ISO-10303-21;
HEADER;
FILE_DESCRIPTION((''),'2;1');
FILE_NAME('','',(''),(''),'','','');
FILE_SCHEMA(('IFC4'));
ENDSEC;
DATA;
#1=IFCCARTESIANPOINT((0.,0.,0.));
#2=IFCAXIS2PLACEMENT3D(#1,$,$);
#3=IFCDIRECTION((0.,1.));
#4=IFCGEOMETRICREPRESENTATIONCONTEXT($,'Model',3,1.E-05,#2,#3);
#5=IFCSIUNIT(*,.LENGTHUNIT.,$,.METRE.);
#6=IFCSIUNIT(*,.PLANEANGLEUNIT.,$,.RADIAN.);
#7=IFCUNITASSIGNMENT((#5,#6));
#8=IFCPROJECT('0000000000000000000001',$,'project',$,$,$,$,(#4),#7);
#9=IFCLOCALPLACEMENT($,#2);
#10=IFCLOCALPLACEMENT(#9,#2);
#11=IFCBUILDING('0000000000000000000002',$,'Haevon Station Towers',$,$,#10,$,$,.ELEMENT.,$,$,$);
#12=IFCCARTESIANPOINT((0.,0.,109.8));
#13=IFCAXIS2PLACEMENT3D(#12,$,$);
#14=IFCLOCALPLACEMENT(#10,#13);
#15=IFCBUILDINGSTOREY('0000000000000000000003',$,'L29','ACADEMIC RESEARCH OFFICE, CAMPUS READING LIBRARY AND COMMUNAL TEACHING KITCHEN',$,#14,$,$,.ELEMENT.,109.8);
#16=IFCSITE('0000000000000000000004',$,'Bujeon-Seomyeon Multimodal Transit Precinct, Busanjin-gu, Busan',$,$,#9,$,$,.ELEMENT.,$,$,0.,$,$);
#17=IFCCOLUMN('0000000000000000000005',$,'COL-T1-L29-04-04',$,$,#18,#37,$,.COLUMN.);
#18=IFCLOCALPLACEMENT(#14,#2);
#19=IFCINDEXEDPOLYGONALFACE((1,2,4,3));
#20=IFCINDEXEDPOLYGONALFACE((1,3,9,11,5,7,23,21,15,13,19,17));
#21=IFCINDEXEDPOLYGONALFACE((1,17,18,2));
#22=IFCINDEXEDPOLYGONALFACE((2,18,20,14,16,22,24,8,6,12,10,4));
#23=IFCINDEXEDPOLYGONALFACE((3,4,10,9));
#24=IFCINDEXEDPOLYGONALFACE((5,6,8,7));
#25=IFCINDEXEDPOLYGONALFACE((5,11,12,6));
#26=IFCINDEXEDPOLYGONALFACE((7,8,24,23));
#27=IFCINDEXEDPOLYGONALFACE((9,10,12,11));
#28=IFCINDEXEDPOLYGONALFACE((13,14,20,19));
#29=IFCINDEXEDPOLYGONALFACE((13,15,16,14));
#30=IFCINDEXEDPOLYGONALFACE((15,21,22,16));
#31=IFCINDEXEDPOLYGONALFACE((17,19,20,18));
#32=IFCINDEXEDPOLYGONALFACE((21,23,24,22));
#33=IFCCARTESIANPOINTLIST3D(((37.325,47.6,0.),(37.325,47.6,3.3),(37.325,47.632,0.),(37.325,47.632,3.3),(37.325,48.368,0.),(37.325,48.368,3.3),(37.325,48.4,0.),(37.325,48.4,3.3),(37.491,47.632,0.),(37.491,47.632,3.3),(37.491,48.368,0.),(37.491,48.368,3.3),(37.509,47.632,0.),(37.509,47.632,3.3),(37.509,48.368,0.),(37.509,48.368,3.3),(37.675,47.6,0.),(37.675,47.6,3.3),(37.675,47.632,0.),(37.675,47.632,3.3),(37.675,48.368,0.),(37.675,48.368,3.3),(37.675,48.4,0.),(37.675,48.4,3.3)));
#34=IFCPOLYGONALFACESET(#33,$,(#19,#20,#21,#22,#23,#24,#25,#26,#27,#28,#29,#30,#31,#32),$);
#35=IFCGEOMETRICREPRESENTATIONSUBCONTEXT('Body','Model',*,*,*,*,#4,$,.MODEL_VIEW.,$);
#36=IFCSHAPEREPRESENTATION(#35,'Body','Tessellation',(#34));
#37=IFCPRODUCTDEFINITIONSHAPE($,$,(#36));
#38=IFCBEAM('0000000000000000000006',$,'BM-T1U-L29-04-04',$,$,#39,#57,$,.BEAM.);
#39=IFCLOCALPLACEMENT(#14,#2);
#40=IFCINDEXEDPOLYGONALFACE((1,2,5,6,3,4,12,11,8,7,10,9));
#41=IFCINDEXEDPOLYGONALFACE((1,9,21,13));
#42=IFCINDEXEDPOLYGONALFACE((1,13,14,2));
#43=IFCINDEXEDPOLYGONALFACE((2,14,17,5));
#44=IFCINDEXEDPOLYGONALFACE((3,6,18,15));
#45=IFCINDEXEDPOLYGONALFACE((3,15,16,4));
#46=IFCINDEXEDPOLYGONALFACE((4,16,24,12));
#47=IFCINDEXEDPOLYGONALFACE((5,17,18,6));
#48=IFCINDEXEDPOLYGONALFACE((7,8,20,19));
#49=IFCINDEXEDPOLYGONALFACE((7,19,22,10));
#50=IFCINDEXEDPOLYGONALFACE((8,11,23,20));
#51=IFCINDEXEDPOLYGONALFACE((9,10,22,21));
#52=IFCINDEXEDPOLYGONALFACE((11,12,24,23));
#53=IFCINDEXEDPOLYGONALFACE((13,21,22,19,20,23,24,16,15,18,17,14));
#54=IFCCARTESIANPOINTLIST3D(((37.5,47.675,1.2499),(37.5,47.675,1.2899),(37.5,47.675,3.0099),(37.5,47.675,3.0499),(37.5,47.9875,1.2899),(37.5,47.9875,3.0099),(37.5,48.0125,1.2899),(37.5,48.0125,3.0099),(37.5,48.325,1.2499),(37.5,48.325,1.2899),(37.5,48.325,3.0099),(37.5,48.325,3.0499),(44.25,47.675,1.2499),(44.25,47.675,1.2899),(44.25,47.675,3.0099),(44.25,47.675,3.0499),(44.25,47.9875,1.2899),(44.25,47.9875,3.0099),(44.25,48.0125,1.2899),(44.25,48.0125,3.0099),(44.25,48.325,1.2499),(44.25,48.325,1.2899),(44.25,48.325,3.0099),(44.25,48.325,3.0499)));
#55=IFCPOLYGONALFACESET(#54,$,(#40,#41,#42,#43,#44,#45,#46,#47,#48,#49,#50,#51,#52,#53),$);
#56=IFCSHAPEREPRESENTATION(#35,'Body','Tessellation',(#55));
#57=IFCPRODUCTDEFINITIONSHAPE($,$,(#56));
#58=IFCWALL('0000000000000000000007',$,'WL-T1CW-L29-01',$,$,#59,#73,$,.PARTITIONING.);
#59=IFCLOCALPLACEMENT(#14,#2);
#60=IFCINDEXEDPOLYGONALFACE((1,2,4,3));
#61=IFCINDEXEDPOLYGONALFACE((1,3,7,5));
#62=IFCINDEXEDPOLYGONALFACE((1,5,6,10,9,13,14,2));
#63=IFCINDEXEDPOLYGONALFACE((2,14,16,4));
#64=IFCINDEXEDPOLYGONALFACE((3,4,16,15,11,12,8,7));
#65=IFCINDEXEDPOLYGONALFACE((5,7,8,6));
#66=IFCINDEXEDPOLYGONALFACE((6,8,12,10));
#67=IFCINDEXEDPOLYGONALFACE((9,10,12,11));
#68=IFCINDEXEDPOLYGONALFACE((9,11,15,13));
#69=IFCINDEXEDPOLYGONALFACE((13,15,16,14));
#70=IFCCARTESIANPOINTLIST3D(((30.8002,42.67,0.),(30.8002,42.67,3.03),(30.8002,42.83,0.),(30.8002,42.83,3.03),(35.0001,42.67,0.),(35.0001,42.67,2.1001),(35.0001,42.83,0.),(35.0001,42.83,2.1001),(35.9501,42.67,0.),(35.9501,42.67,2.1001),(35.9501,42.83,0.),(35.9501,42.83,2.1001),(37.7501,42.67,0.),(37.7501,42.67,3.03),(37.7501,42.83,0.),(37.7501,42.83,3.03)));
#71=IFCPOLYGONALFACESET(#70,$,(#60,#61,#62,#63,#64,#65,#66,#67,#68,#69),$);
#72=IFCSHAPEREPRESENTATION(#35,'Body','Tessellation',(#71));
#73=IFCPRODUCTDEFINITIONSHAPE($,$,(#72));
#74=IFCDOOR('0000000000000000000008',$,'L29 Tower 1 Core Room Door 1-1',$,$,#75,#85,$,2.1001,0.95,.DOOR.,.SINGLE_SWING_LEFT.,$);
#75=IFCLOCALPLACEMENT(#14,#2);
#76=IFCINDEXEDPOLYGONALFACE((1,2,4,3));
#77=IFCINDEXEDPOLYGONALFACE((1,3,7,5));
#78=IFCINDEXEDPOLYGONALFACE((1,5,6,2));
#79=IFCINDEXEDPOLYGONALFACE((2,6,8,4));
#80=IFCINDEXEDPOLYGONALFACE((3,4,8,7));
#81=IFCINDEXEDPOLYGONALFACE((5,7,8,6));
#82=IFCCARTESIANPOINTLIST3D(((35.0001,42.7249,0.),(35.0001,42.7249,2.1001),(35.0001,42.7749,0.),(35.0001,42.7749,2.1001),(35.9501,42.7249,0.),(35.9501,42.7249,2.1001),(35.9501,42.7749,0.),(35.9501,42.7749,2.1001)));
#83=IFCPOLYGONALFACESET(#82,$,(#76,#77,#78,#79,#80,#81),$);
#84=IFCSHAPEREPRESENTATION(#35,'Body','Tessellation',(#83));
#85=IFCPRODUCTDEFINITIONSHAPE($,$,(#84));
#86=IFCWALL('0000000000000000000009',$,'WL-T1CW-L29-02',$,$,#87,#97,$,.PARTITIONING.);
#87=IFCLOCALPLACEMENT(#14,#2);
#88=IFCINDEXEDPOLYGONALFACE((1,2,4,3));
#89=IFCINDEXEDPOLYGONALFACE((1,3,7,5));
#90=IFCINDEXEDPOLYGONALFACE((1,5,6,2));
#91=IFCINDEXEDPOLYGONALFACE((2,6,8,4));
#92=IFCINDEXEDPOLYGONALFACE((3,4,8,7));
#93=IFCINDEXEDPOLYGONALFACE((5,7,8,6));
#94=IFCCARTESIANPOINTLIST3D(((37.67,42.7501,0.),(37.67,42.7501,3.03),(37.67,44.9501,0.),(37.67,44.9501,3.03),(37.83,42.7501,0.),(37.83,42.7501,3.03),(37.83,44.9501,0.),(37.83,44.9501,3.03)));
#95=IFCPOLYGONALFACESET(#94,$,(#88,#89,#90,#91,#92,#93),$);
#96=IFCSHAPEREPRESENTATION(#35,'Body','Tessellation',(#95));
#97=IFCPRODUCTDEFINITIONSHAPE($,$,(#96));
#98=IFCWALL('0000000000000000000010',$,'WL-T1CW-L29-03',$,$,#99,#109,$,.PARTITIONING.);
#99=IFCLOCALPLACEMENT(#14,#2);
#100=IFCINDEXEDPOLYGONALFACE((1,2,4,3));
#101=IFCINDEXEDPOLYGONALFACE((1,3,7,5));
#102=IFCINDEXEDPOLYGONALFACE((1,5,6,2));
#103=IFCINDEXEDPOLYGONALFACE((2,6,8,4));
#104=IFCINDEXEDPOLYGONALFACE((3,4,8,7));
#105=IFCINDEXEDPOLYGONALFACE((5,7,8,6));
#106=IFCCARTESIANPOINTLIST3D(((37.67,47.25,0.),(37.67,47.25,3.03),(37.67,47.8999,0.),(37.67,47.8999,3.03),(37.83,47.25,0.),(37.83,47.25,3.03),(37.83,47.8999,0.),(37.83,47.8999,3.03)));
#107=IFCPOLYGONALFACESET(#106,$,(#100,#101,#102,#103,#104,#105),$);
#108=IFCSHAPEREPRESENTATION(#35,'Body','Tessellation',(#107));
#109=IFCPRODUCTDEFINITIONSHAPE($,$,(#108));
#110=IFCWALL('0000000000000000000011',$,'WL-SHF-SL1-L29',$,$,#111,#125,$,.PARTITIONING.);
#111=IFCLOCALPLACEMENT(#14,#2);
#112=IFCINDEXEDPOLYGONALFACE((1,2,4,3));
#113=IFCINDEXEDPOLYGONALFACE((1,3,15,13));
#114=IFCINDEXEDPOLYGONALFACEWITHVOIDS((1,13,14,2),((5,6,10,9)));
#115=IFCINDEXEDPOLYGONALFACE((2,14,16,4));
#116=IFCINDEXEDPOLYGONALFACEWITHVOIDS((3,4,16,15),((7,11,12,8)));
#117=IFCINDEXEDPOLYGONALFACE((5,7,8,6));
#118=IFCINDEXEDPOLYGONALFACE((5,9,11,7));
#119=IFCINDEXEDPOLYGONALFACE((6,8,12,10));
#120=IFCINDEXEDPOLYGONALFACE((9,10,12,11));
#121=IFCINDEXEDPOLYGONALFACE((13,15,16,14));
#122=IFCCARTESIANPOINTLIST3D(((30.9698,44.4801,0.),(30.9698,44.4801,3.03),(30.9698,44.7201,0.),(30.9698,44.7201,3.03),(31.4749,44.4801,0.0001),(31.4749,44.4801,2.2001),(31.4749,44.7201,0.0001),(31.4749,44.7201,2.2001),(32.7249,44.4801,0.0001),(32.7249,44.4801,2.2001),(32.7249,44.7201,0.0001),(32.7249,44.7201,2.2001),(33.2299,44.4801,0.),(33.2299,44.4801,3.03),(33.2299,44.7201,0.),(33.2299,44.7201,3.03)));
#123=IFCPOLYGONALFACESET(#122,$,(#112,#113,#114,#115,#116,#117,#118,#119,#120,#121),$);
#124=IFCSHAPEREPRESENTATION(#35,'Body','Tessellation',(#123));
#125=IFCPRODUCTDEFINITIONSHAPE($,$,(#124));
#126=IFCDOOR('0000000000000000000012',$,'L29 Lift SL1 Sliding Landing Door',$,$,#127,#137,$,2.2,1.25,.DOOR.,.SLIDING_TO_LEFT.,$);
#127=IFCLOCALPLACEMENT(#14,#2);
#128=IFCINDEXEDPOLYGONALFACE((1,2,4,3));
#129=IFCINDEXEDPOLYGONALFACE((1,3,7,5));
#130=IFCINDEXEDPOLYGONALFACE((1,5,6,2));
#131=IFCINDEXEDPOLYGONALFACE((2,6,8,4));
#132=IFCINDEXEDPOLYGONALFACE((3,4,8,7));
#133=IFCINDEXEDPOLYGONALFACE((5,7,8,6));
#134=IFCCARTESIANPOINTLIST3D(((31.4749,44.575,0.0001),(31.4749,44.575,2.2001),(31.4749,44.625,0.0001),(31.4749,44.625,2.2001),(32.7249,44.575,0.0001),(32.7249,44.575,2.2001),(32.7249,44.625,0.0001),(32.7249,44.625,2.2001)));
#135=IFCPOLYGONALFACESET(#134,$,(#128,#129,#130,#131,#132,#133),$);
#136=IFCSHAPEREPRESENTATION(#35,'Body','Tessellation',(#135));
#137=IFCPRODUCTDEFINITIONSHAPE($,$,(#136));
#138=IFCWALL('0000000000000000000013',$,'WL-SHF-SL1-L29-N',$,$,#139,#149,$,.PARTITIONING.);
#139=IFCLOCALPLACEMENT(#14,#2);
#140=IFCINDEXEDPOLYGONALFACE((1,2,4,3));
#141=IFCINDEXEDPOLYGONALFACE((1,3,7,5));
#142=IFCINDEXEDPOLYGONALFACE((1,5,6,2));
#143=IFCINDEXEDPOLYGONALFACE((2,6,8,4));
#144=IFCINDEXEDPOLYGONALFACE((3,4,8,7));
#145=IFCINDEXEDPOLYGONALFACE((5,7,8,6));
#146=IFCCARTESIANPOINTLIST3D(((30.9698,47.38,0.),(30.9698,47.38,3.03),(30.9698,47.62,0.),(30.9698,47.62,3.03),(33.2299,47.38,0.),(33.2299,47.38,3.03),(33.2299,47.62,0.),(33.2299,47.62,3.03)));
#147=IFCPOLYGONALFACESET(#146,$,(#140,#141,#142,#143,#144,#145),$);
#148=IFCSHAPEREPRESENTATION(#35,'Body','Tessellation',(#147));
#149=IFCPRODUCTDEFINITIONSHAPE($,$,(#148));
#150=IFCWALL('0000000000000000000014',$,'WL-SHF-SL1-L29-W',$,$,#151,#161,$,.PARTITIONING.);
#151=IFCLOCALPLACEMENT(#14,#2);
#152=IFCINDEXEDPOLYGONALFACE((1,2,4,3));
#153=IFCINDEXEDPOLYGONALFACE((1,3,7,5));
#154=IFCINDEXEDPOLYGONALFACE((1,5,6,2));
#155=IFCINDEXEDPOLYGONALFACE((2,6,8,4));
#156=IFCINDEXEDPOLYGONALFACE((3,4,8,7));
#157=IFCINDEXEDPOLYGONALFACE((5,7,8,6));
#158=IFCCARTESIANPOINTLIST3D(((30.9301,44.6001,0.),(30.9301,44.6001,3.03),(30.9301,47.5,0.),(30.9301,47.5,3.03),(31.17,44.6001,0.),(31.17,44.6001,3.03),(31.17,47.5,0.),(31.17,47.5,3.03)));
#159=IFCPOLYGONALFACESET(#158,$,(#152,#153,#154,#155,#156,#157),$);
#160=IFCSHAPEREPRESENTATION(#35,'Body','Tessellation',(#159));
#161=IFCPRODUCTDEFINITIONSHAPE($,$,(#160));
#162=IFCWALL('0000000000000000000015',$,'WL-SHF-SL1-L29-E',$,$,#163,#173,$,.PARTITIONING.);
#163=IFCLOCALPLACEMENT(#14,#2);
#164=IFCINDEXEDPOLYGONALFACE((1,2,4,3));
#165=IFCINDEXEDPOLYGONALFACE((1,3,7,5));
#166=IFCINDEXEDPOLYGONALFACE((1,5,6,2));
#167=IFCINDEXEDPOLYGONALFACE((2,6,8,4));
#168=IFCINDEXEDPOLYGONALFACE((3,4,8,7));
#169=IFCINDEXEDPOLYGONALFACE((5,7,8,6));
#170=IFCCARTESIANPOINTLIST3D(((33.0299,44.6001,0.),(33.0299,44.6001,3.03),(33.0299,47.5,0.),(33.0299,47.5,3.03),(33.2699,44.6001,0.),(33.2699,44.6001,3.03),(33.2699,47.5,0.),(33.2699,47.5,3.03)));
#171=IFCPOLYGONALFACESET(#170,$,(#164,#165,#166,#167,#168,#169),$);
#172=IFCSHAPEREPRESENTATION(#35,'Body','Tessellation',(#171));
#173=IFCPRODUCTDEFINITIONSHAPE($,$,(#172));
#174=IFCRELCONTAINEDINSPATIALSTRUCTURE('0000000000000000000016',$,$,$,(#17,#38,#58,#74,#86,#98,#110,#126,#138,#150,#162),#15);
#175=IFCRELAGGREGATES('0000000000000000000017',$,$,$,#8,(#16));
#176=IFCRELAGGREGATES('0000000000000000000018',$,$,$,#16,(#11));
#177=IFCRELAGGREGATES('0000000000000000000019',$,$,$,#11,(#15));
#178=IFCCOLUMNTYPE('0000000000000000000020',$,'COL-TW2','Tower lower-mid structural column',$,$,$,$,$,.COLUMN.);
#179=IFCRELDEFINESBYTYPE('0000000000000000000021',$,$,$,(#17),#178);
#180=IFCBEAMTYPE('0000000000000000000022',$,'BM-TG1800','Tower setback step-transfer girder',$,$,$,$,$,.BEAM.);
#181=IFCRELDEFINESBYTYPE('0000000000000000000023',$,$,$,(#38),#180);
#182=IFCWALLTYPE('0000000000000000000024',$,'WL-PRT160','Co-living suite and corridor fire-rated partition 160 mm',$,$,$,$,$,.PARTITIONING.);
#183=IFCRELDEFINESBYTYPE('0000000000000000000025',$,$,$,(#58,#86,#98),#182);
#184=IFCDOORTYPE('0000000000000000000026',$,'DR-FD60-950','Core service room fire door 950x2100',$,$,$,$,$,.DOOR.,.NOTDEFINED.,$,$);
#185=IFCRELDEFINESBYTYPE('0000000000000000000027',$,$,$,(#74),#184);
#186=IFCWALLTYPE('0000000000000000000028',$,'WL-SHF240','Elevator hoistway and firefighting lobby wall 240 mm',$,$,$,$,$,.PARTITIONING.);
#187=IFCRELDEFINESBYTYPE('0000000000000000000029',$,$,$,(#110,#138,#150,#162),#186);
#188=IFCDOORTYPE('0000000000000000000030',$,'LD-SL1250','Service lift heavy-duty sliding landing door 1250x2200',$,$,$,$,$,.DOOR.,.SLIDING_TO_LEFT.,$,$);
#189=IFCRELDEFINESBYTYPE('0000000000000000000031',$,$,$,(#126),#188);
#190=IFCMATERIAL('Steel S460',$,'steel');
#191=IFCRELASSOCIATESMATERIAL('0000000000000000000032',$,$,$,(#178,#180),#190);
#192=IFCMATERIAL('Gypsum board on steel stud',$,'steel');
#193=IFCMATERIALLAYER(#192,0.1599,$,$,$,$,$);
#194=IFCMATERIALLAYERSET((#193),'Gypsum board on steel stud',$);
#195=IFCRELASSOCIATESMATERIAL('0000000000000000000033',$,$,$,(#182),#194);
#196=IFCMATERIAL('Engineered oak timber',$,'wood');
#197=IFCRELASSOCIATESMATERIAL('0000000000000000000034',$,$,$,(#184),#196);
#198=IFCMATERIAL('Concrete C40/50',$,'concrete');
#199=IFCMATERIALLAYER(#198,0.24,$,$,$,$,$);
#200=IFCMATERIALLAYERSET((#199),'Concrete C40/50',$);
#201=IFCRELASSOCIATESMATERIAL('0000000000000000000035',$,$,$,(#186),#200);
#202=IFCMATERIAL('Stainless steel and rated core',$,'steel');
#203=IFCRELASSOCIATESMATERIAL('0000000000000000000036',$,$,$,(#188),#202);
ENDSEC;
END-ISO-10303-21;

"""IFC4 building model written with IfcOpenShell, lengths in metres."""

from ifc_helpers import new_model, si_unit, direction, frame, frame_2d, origin, origin_2d, place, context, subcontext, project, spatial, rectangle, i_section, extrude, material, layer, layer_set, material_profile, profile_set, type_object, element, fill, save


model = new_model("IFC4")

# Units and contexts
model_context = context("Model", 3, precision=1e-05, world=origin(), true_north=direction((0.0, 1.0)))
body_context = subcontext(model_context, "Body", "Model", "MODEL_VIEW")
ifc_project = project(units=[si_unit("LENGTHUNIT", "METRE"), si_unit("PLANEANGLEUNIT", "RADIAN")], contexts=[model_context])

# Site, building, storey
site_placement = place(None, origin())
site = spatial("IfcSite", under=ifc_project, at=site_placement, Name="Bujeon-Seomyeon Multimodal Transit Precinct, Busanjin-gu, Busan", CompositionType="ELEMENT", RefElevation=0.0)
building_placement = place(site_placement, origin())
building = spatial("IfcBuilding", under=site, at=building_placement, Name="Haevon Station Towers", CompositionType="ELEMENT")
storey_placement = place(building_placement, frame((0.0, 0.0, 109.8)))
storey = spatial("IfcBuildingStorey", under=building, at=storey_placement, Name="L29", Description="ACADEMIC RESEARCH OFFICE, CAMPUS READING LIBRARY AND COMMUNAL TEACHING KITCHEN", CompositionType="ELEMENT", Elevation=109.8)

# Column
ifc_material_1 = material(Name="Steel S460", Category="steel")
ifc_material_profile_1 = material_profile(ifc_material_1, i_section(OverallWidth=0.3501, OverallDepth=0.8, WebThickness=0.0181, FlangeThickness=0.032, at=origin_2d()), Name="H-800x350x18x32")
ifc_profile_set_1 = profile_set([ifc_material_profile_1], Name="Steel S460")
column_type = type_object("IfcColumnType", Name="COL-TW2", Description="Tower lower-mid structural column", PredefinedType="COLUMN", material=ifc_profile_set_1)
column_placement = place(storey_placement, frame((37.5, 48.0, 0.0), z_axis=(0.0, 0.0, 1.0), x_axis=(1.0, 0.0, 0.0)))
element("IfcColumn", 1, at=column_placement, inside=storey, type_object=column_type, Name="COL-T1-L29-04-04", PredefinedType="COLUMN", context=body_context, shape_type="SweptSolid", body=[
    extrude(i_section(OverallWidth=0.3501, OverallDepth=0.8, WebThickness=0.0181, FlangeThickness=0.032, at=origin_2d()), origin(), (0.0, 0.0, 1.0), 3.3),
])

# Beam
ifc_material_profile_2 = material_profile(ifc_material_1, i_section(OverallWidth=0.6499, OverallDepth=1.8, WebThickness=0.0249, FlangeThickness=0.04, at=origin_2d()), Name="H-1800x650x25x40")
ifc_profile_set_2 = profile_set([ifc_material_profile_2], Name="Steel S460")
beam_type = type_object("IfcBeamType", Name="BM-TG1800", Description="Tower setback step-transfer girder", PredefinedType="BEAM", material=ifc_profile_set_2)
beam_placement = place(storey_placement, frame((37.5, 48.0, 2.1499), z_axis=(1.0, 0.0, 0.0), x_axis=(0.0, 1.0, 0.0)))
element("IfcBeam", 2, at=beam_placement, inside=storey, type_object=beam_type, Name="BM-T1U-L29-04-04", PredefinedType="BEAM", context=body_context, shape_type="SweptSolid", body=[
    extrude(i_section(OverallWidth=0.6499, OverallDepth=1.8, WebThickness=0.0249, FlangeThickness=0.04, at=origin_2d()), origin(), (0.0, 0.0, 1.0), 6.75),
])

# Wall, opening, door
ifc_material_2 = material(Name="Gypsum board on steel stud", Category="steel")
ifc_layer_1 = layer(ifc_material_2, 0.1599)
ifc_layer_set_1 = layer_set([ifc_layer_1], Name="Gypsum board on steel stud")
wall_type_1 = type_object("IfcWallType", Name="WL-PRT160", Description="Co-living suite and corridor fire-rated partition 160 mm", PredefinedType="PARTITIONING", material=ifc_layer_set_1)
wall_1_placement = place(storey_placement, frame((30.8, 42.75, 0.0), z_axis=(0.0, 0.0, 1.0), x_axis=(1.0, 0.0, 0.0)))
wall_1 = element("IfcWall", 3, at=wall_1_placement, inside=storey, type_object=wall_type_1, Name="WL-T1CW-L29-01", PredefinedType="PARTITIONING", context=body_context, shape_type="SweptSolid", body=[
    extrude(rectangle(XDim=6.95, YDim=0.1599, at=frame_2d((3.4751, 0.0))), origin(), (0.0, 0.0, 1.0), 3.03),
])
opening_1_placement = place(wall_1_placement, frame((4.2, 0.0, 0.0)))
opening_1 = element("IfcOpeningElement", 4, at=opening_1_placement, cuts=wall_1, PredefinedType="OPENING", context=body_context, shape_type="SweptSolid", body=[
    extrude(rectangle(XDim=0.95, YDim=2.1001, at=frame_2d((0.4751, 1.05))), frame((0.0, 0.0898, 0.0), z_axis=(0.0, -1.0, 0.0), x_axis=(1.0, 0.0, 0.0)), (0.0, 0.0, 1.0), 0.1799),
])
ifc_material_3 = material(Name="Engineered oak timber", Category="wood")
door_type_1 = type_object("IfcDoorType", Name="DR-FD60-950", Description="Core service room fire door 950x2100", OperationType="NOTDEFINED", PredefinedType="DOOR", material=ifc_material_3)
door_1_placement = place(opening_1_placement, origin())
door_1 = element("IfcDoor", 5, at=door_1_placement, inside=storey, type_object=door_type_1, Name="L29 Tower 1 Core Room Door 1-1", OperationType="SINGLE_SWING_LEFT", OverallHeight=2.1001, OverallWidth=0.95, PredefinedType="DOOR", context=body_context, shape_type="SweptSolid", body=[
    extrude(rectangle(XDim=0.95, YDim=2.1001, at=frame_2d((0.4751, 1.05))), frame((0.0, 0.0249, 0.0), z_axis=(0.0, -1.0, 0.0), x_axis=(1.0, 0.0, 0.0)), (0.0, 0.0, 1.0), 0.05),
])
fill(opening_1, door_1)

# Walls
wall_2_placement = place(storey_placement, frame((37.75, 42.75, 0.0), z_axis=(0.0, 0.0, 1.0), x_axis=(0.0, 1.0, 0.0)))
element("IfcWall", 6, at=wall_2_placement, inside=storey, type_object=wall_type_1, Name="WL-T1CW-L29-02", PredefinedType="PARTITIONING", context=body_context, shape_type="SweptSolid", body=[
    extrude(rectangle(XDim=2.2, YDim=0.1599, at=frame_2d((1.1001, 0.0))), origin(), (0.0, 0.0, 1.0), 3.03),
])
wall_3_placement = place(storey_placement, frame((37.75, 47.25, 0.0), z_axis=(0.0, 0.0, 1.0), x_axis=(0.0, 1.0, 0.0)))
element("IfcWall", 7, at=wall_3_placement, inside=storey, type_object=wall_type_1, Name="WL-T1CW-L29-03", PredefinedType="PARTITIONING", context=body_context, shape_type="SweptSolid", body=[
    extrude(rectangle(XDim=0.6499, YDim=0.1599, at=frame_2d((0.325, 0.0))), origin(), (0.0, 0.0, 1.0), 3.03),
])

# Wall, opening, door
ifc_material_4 = material(Name="Concrete C40/50", Category="concrete")
ifc_layer_2 = layer(ifc_material_4, 0.24)
ifc_layer_set_2 = layer_set([ifc_layer_2], Name="Concrete C40/50")
wall_type_2 = type_object("IfcWallType", Name="WL-SHF240", Description="Elevator hoistway and firefighting lobby wall 240 mm", PredefinedType="PARTITIONING", material=ifc_layer_set_2)
wall_4_placement = place(storey_placement, frame((30.97, 44.6001, 0.0), z_axis=(0.0, 0.0, 1.0), x_axis=(1.0, 0.0, 0.0)))
wall_4 = element("IfcWall", 8, at=wall_4_placement, inside=storey, type_object=wall_type_2, Name="WL-SHF-SL1-L29", PredefinedType="PARTITIONING", context=body_context, shape_type="SweptSolid", body=[
    extrude(rectangle(XDim=2.26, YDim=0.24, at=frame_2d((1.1299, 0.0))), origin(), (0.0, 0.0, 1.0), 3.03),
])
opening_2_placement = place(wall_4_placement, frame((0.5049, 0.0, 0.0)))
opening_2 = element("IfcOpeningElement", 9, at=opening_2_placement, cuts=wall_4, PredefinedType="OPENING", context=body_context, shape_type="SweptSolid", body=[
    extrude(rectangle(XDim=1.25, YDim=2.2, at=frame_2d((0.625, 1.1001))), frame((0.0, 0.1299, 0.0), z_axis=(0.0, -1.0, 0.0), x_axis=(1.0, 0.0, 0.0)), (0.0, 0.0, 1.0), 0.26),
])
ifc_material_5 = material(Name="Stainless steel and rated core", Category="steel")
door_type_2 = type_object("IfcDoorType", Name="LD-SL1250", Description="Service lift heavy-duty sliding landing door 1250x2200", OperationType="SLIDING_TO_LEFT", PredefinedType="DOOR", material=ifc_material_5)
door_2_placement = place(opening_2_placement, origin())
door_2 = element("IfcDoor", 10, at=door_2_placement, inside=storey, type_object=door_type_2, Name="L29 Lift SL1 Sliding Landing Door", OperationType="SLIDING_TO_LEFT", OverallHeight=2.2, OverallWidth=1.25, PredefinedType="DOOR", context=body_context, shape_type="SweptSolid", body=[
    extrude(rectangle(XDim=1.25, YDim=2.2, at=frame_2d((0.625, 1.1001))), frame((0.0, 0.0249, 0.0), z_axis=(0.0, -1.0, 0.0), x_axis=(1.0, 0.0, 0.0)), (0.0, 0.0, 1.0), 0.05),
])
fill(opening_2, door_2)

# Walls
wall_5_placement = place(storey_placement, frame((30.97, 47.5, 0.0), z_axis=(0.0, 0.0, 1.0), x_axis=(1.0, 0.0, 0.0)))
element("IfcWall", 11, at=wall_5_placement, inside=storey, type_object=wall_type_2, Name="WL-SHF-SL1-L29-N", PredefinedType="PARTITIONING", context=body_context, shape_type="SweptSolid", body=[
    extrude(rectangle(XDim=2.26, YDim=0.24, at=frame_2d((1.1299, 0.0))), origin(), (0.0, 0.0, 1.0), 3.03),
])
for number, where, z_axis, x_axis, name in (
    (12, (31.05, 44.6001, 0.0), (0.0, 0.0, 1.0), (0.0, 1.0, 0.0), "WL-SHF-SL1-L29-W"),
    (13, (33.1499, 44.6001, 0.0), (0.0, 0.0, 1.0), (0.0, 1.0, 0.0), "WL-SHF-SL1-L29-E"),
):
    element("IfcWall", number, at=place(storey_placement, frame(where, z_axis=z_axis, x_axis=x_axis)), inside=storey, type_object=wall_type_2, Name=name, PredefinedType="PARTITIONING", context=body_context, shape_type="SweptSolid", body=[
        extrude(rectangle(XDim=2.8999, YDim=0.24, at=frame_2d((1.45, 0.0))), origin(), (0.0, 0.0, 1.0), 3.03),
    ])

save(model, "model.ifc")
